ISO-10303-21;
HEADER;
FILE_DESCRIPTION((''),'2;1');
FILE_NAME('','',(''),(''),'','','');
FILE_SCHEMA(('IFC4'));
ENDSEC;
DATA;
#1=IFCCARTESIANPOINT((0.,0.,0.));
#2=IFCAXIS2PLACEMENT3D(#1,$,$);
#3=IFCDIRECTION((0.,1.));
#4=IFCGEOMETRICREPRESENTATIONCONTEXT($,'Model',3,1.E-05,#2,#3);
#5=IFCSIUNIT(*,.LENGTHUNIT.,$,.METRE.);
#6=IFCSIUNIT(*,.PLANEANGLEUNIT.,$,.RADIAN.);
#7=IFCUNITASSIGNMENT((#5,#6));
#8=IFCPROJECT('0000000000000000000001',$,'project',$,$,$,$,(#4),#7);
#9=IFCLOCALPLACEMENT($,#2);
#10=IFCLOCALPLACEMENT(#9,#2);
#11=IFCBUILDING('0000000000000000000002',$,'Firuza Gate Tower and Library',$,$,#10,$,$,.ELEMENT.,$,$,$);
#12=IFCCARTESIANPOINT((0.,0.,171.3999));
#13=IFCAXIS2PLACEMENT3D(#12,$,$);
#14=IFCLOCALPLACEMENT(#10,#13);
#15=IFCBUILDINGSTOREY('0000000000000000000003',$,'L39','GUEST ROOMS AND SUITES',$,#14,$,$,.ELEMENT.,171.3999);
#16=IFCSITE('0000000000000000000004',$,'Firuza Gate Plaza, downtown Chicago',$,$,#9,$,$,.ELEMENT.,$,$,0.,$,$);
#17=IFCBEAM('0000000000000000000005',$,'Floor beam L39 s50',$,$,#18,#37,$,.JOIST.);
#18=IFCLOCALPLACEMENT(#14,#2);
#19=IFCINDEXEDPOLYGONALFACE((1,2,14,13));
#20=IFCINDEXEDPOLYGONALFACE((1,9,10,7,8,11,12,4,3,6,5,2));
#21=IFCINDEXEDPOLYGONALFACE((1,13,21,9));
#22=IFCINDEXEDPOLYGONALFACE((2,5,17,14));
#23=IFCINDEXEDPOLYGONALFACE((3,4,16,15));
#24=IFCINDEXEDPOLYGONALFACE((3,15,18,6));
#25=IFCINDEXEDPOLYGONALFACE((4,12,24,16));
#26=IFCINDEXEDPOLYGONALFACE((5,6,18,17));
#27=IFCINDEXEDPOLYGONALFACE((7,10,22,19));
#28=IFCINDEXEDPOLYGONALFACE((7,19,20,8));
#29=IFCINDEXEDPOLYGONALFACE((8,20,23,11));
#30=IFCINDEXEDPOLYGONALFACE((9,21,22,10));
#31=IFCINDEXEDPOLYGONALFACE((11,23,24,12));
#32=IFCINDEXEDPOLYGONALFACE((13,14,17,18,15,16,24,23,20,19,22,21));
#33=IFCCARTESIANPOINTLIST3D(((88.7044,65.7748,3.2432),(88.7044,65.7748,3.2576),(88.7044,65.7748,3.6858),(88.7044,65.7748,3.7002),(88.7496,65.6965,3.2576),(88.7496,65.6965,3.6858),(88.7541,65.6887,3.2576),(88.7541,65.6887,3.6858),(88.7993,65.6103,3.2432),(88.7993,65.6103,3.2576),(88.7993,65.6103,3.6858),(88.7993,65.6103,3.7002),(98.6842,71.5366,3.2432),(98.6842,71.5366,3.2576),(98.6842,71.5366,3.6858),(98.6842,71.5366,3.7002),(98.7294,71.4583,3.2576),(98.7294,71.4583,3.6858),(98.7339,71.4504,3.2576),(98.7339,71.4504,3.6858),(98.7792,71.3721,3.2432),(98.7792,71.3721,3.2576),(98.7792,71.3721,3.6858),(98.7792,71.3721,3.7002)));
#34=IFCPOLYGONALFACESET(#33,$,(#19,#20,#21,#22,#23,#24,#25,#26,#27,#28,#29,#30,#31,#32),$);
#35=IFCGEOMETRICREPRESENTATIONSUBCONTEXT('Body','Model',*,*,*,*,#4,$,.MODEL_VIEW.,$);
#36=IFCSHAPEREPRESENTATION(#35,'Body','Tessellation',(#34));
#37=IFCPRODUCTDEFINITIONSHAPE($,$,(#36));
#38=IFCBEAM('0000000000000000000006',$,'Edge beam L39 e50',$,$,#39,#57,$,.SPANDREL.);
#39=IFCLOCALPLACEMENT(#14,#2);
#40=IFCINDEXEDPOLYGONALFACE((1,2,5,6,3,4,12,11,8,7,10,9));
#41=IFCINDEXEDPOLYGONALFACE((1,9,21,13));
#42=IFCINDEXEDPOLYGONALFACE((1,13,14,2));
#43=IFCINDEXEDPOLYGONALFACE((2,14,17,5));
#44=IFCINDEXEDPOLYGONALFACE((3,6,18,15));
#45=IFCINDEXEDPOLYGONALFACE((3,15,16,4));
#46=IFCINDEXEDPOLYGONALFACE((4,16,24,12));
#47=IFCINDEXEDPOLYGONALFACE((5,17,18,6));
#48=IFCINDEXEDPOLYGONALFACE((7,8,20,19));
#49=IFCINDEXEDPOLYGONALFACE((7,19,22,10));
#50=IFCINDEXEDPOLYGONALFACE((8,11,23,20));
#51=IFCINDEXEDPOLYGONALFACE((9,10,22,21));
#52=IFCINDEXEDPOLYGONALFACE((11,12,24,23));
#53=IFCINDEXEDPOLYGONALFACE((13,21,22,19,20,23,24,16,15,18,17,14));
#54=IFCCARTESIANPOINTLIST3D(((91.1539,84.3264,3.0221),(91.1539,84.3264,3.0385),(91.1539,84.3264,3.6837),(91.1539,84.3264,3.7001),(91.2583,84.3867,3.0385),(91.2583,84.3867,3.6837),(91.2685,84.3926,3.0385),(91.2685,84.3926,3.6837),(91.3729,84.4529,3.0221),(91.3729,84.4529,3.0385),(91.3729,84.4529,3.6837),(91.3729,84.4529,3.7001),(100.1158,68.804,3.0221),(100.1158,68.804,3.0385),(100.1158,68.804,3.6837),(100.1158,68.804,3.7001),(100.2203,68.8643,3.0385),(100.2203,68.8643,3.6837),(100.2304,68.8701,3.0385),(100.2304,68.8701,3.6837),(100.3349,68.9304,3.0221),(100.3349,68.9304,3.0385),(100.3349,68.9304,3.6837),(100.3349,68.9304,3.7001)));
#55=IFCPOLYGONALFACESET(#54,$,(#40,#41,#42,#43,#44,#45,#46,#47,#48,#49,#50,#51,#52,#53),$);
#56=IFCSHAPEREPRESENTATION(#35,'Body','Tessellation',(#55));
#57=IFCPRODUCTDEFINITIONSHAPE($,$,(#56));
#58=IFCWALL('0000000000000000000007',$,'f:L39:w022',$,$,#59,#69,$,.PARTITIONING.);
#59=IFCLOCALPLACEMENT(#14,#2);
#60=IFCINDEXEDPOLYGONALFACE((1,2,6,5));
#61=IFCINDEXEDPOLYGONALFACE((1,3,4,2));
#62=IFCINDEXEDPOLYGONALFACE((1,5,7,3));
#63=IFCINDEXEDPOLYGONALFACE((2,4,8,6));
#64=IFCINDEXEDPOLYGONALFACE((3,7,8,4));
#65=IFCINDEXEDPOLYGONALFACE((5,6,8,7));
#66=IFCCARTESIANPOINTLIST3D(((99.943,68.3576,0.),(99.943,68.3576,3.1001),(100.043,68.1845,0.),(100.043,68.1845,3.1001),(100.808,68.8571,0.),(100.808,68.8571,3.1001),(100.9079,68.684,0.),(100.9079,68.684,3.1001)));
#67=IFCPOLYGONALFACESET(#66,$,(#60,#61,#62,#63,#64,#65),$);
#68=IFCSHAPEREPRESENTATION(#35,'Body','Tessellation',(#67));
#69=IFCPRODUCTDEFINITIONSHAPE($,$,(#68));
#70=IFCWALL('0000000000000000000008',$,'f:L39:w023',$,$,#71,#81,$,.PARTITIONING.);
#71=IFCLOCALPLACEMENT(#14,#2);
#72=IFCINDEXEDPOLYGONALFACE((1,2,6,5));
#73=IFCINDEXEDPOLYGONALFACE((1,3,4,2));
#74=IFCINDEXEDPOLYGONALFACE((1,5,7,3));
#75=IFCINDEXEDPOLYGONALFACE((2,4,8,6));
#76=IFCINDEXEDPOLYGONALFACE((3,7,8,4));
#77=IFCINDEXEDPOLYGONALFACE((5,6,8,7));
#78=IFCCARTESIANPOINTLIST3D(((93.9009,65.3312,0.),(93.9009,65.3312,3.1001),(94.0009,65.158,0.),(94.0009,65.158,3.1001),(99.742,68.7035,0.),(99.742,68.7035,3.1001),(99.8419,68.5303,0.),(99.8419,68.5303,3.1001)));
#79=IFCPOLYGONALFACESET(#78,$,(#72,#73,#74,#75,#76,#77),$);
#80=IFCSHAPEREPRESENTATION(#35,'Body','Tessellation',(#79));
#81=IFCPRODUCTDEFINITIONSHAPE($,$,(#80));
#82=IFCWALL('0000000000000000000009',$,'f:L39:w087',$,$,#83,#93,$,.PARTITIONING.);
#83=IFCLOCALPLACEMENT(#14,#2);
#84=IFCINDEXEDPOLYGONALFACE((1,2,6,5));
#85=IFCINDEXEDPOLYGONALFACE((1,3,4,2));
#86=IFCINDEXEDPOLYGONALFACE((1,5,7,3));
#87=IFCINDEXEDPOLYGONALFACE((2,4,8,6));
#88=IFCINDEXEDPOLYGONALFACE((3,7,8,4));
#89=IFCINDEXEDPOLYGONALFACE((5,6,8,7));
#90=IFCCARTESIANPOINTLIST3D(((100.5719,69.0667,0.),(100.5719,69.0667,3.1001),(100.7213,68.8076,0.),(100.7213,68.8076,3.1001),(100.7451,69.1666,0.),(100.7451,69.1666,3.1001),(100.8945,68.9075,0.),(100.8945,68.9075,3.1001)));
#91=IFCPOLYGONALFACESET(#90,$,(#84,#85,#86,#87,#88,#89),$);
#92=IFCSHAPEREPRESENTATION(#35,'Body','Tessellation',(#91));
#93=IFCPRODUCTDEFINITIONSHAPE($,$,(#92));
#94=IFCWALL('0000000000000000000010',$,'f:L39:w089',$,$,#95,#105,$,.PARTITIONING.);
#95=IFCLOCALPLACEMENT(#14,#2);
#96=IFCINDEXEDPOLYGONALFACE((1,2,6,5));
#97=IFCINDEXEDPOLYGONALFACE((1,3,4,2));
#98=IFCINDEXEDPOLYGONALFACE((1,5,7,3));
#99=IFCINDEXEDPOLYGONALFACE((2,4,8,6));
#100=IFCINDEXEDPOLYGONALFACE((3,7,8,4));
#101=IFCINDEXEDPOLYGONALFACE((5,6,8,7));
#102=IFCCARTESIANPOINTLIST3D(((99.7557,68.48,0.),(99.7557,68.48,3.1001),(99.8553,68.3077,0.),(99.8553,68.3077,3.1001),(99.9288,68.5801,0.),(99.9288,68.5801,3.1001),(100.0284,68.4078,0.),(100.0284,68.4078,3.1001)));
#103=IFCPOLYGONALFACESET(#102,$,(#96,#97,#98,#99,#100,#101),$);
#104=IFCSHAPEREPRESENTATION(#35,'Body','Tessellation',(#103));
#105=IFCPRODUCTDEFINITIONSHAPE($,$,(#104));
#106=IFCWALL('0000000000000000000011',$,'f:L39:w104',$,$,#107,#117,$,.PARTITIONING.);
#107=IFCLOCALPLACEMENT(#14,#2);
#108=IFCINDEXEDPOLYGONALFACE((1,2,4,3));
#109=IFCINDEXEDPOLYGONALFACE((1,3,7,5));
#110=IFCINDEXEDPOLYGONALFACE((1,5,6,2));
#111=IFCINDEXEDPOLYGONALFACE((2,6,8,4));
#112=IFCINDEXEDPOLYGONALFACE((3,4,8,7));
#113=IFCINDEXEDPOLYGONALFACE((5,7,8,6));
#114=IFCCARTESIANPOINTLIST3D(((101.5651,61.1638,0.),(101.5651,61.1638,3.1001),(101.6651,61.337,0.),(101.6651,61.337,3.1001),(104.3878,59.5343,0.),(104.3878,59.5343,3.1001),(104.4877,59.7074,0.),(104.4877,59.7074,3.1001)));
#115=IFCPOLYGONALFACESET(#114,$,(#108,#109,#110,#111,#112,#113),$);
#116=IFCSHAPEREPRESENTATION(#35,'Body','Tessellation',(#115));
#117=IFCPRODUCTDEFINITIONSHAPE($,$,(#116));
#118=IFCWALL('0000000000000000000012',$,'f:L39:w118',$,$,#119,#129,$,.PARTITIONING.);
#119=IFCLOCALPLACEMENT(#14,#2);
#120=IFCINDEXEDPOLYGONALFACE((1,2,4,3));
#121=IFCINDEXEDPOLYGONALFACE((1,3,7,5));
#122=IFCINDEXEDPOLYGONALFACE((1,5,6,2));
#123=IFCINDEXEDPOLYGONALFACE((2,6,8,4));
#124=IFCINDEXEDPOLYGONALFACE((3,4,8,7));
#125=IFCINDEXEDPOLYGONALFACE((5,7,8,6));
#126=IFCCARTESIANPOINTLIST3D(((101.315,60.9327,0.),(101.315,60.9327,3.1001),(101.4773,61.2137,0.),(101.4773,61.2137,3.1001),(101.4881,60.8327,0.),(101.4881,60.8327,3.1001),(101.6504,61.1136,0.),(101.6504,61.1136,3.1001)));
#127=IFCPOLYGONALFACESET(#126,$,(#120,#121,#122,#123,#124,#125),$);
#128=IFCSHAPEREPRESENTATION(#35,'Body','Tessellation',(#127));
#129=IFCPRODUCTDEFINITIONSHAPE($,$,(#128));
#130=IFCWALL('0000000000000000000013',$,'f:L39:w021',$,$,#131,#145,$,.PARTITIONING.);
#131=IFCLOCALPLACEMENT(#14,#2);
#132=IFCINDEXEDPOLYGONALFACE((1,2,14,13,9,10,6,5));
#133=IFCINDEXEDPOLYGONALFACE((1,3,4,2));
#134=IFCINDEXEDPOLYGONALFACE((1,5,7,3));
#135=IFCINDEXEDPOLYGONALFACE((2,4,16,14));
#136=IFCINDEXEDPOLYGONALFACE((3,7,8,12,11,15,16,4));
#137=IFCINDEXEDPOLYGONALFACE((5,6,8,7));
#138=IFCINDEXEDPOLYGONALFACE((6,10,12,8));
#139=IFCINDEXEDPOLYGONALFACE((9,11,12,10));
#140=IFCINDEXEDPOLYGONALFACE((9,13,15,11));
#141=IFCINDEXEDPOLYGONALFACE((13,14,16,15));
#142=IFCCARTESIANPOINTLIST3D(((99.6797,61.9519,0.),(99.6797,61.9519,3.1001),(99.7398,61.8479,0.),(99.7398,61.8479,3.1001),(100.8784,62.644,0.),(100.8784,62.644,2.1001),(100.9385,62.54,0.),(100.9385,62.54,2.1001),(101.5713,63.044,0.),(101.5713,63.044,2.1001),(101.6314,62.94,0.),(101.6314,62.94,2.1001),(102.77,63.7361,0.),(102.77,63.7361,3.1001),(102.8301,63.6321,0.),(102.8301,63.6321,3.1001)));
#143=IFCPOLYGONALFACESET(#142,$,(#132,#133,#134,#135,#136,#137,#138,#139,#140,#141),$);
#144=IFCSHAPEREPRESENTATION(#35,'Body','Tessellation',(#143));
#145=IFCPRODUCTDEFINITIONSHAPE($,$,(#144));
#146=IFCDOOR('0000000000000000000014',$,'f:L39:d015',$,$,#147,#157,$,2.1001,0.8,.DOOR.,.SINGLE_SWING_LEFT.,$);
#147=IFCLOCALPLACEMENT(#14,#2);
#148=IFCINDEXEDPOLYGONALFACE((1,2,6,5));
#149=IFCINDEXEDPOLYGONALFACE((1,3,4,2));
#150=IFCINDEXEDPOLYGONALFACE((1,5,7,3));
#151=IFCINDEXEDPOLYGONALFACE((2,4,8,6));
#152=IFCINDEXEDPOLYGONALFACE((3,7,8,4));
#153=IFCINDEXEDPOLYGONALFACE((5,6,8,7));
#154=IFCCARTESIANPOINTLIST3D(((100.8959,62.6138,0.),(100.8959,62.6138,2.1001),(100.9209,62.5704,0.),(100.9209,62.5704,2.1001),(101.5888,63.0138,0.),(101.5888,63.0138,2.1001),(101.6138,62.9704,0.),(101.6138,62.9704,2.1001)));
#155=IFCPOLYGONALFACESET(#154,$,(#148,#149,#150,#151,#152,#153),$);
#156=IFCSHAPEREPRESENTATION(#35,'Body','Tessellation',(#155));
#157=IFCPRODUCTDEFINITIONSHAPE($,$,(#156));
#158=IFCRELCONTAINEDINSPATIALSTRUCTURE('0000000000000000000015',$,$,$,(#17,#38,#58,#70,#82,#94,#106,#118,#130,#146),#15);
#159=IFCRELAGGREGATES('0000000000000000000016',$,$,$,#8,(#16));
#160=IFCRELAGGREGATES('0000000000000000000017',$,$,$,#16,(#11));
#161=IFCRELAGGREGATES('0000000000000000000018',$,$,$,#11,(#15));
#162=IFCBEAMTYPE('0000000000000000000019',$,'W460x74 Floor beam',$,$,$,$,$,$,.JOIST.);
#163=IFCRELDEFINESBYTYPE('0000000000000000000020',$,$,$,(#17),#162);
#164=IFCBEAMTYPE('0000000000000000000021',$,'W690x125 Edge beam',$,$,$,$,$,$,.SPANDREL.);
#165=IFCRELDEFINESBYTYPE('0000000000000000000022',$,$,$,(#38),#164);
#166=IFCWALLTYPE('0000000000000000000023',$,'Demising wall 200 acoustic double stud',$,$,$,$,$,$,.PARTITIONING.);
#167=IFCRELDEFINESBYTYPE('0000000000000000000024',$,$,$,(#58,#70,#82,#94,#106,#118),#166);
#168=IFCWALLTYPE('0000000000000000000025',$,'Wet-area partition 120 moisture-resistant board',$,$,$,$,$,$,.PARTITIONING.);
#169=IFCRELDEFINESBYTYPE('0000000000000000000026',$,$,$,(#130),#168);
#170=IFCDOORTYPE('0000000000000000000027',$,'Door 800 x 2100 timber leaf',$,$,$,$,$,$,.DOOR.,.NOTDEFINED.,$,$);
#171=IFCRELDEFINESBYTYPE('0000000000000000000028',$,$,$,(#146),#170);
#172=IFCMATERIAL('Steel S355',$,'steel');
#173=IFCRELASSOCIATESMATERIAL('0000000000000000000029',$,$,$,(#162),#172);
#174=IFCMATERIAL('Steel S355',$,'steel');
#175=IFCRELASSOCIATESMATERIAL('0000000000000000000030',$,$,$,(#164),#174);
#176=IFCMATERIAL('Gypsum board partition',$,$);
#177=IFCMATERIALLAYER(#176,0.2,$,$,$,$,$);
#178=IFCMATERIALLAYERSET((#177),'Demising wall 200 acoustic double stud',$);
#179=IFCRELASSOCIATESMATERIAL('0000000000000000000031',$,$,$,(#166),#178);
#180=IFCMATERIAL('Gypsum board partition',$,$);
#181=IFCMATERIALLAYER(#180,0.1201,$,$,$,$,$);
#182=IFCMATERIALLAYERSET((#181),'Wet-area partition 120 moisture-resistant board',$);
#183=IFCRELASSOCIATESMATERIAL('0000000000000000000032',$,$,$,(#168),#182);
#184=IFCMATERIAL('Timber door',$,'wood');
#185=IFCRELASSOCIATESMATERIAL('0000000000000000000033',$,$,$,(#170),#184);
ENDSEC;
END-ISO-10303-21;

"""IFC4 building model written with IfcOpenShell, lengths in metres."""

from ifc_helpers import new_model, si_unit, direction, frame, frame_2d, origin, origin_2d, place, context, subcontext, project, spatial, rectangle, i_section, extrude, material, layer, layer_set, material_profile, profile_set, type_object, element, fill, save


model = new_model("IFC4")

# Units and contexts
model_context = context("Model", 3, precision=1e-05, world=origin(), true_north=direction((0.0, 1.0)))
body_context = subcontext(model_context, "Body", "Model", "MODEL_VIEW")
ifc_project = project(units=[si_unit("LENGTHUNIT", "METRE"), si_unit("PLANEANGLEUNIT", "RADIAN")], contexts=[model_context])

# Site, building, storey
site_placement = place(None, origin())
site = spatial("IfcSite", under=ifc_project, at=site_placement, Name="Firuza Gate Plaza, downtown Chicago", CompositionType="ELEMENT", RefElevation=0.0)
building_placement = place(site_placement, origin())
building = spatial("IfcBuilding", under=site, at=building_placement, Name="Firuza Gate Tower and Library", CompositionType="ELEMENT")
storey_placement = place(building_placement, frame((0.0, 0.0, 171.3999)))
storey = spatial("IfcBuildingStorey", under=building, at=storey_placement, Name="L39", Description="GUEST ROOMS AND SUITES", CompositionType="ELEMENT", Elevation=171.3999)

# Beams
ifc_material_1 = material(Name="Steel S355", Category="steel")
ifc_material_profile_1 = material_profile(ifc_material_1, i_section(OverallWidth=0.1899, OverallDepth=0.457, WebThickness=0.009, FlangeThickness=0.0144, at=origin_2d()))
ifc_profile_set_1 = profile_set([ifc_material_profile_1], Name="Steel S355")
beam_type_1 = type_object("IfcBeamType", Name="W460x74 Floor beam", PredefinedType="JOIST", material=ifc_profile_set_1)
beam_1_placement = place(storey_placement, frame((98.7317, 71.4543, 3.4717), z_axis=(-0.866029, -0.499994, 0.0), x_axis=(0.499994, -0.866029, 0.0)))
element("IfcBeam", 1, at=beam_1_placement, inside=storey, type_object=beam_type_1, Name="Floor beam L39 s50", PredefinedType="JOIST", context=body_context, shape_type="SweptSolid", body=[
    extrude(i_section(OverallWidth=0.1899, OverallDepth=0.457, WebThickness=0.009, FlangeThickness=0.0144, at=origin_2d()), origin(), (0.0, 0.0, 1.0), 11.5237),
])
ifc_material_2 = material(Name="Steel S355", Category="steel")
ifc_material_profile_2 = material_profile(ifc_material_2, i_section(OverallWidth=0.2529, OverallDepth=0.678, WebThickness=0.0117, FlangeThickness=0.0164, at=origin_2d()))
ifc_profile_set_2 = profile_set([ifc_material_profile_2], Name="Steel S355")
beam_type_2 = type_object("IfcBeamType", Name="W690x125 Edge beam", PredefinedType="SPANDREL", material=ifc_profile_set_2)
beam_2_placement = place(storey_placement, frame((100.2253, 68.8672, 3.3611), z_axis=(-0.500001, 0.866025, 0.0), x_axis=(-0.866025, -0.500001, 0.0)))
element("IfcBeam", 2, at=beam_2_placement, inside=storey, type_object=beam_type_2, Name="Edge beam L39 e50", PredefinedType="SPANDREL", context=body_context, shape_type="SweptSolid", body=[
    extrude(i_section(OverallWidth=0.2529, OverallDepth=0.678, WebThickness=0.0117, FlangeThickness=0.0164, at=origin_2d()), origin(), (0.0, 0.0, 1.0), 17.9238),
])

# Walls
ifc_material_3 = material(Name="Gypsum board partition")
ifc_layer_1 = layer(ifc_material_3, 0.2)
ifc_layer_set_1 = layer_set([ifc_layer_1], Name="Demising wall 200 acoustic double stud")
wall_type_1 = type_object("IfcWallType", Name="Demising wall 200 acoustic double stud", PredefinedType="PARTITIONING", material=ifc_layer_set_1)
wall_1_placement = place(storey_placement, frame((99.9929, 68.271, 0.0), z_axis=(0.0, 0.0, 1.0), x_axis=(0.865978, 0.500082, 0.0)))
element("IfcWall", 3, at=wall_1_placement, inside=storey, type_object=wall_type_1, Name="f:L39:w022", PredefinedType="PARTITIONING", context=body_context, shape_type="SweptSolid", body=[
    extrude(rectangle(XDim=0.9988, YDim=0.2, at=frame_2d((0.4995, 0.0))), origin(), (0.0, 0.0, 1.0), 3.1001),
])
wall_2_placement = place(storey_placement, frame((93.9509, 65.2446, 0.0), z_axis=(0.0, 0.0, 1.0), x_axis=(0.866027, 0.499997, 0.0)))
element("IfcWall", 4, at=wall_2_placement, inside=storey, type_object=wall_type_1, Name="f:L39:w023", PredefinedType="PARTITIONING", context=body_context, shape_type="SweptSolid", body=[
    extrude(rectangle(XDim=6.7446, YDim=0.2, at=frame_2d((3.3723, 0.0))), origin(), (0.0, 0.0, 1.0), 3.1001),
])
wall_3_placement = place(storey_placement, frame((100.8079, 68.8577, 0.0), z_axis=(0.0, 0.0, 1.0), x_axis=(-0.499652, 0.866226, 0.0)))
element("IfcWall", 5, at=wall_3_placement, inside=storey, type_object=wall_type_1, Name="f:L39:w087", PredefinedType="PARTITIONING", context=body_context, shape_type="SweptSolid", body=[
    extrude(rectangle(XDim=0.2991, YDim=0.2, at=frame_2d((0.1494, 0.0))), origin(), (0.0, 0.0, 1.0), 3.1001),
])
wall_4_placement = place(storey_placement, frame((99.9419, 68.3577, 0.0), z_axis=(0.0, 0.0, 1.0), x_axis=(-0.500359, 0.865818, 0.0)))
element("IfcWall", 6, at=wall_4_placement, inside=storey, type_object=wall_type_1, Name="f:L39:w089", PredefinedType="PARTITIONING", context=body_context, shape_type="SweptSolid", body=[
    extrude(rectangle(XDim=0.199, YDim=0.2, at=frame_2d((0.0996, 0.0))), origin(), (0.0, 0.0, 1.0), 3.1001),
])
wall_5_placement = place(storey_placement, frame((104.4377, 59.6208, 0.0), z_axis=(0.0, 0.0, 1.0), x_axis=(-0.866036, 0.499982, 0.0)))
element("IfcWall", 7, at=wall_5_placement, inside=storey, type_object=wall_type_1, Name="f:L39:w104", PredefinedType="PARTITIONING", context=body_context, shape_type="SweptSolid", body=[
    extrude(rectangle(XDim=3.2593, YDim=0.2, at=frame_2d((1.6296, 0.0))), origin(), (0.0, 0.0, 1.0), 3.1001),
])
wall_6_placement = place(storey_placement, frame((101.4016, 60.8828, 0.0), z_axis=(0.0, 0.0, 1.0), x_axis=(0.500265, 0.865872, 0.0)))
element("IfcWall", 8, at=wall_6_placement, inside=storey, type_object=wall_type_1, Name="f:L39:w118", PredefinedType="PARTITIONING", context=body_context, shape_type="SweptSolid", body=[
    extrude(rectangle(XDim=0.3245, YDim=0.2, at=frame_2d((0.1621, 0.0))), origin(), (0.0, 0.0, 1.0), 3.1001),
])

# Wall, opening, door
ifc_material_4 = material(Name="Gypsum board partition")
ifc_layer_2 = layer(ifc_material_4, 0.1201)
ifc_layer_set_2 = layer_set([ifc_layer_2], Name="Wet-area partition 120 moisture-resistant board")
wall_type_2 = type_object("IfcWallType", Name="Wet-area partition 120 moisture-resistant board", PredefinedType="PARTITIONING", material=ifc_layer_set_2)
wall_7_placement = place(storey_placement, frame((102.8, 63.6841, 0.0), z_axis=(0.0, 0.0, 1.0), x_axis=(-0.866028, -0.499995, 0.0)))
wall_7 = element("IfcWall", 9, at=wall_7_placement, inside=storey, type_object=wall_type_2, Name="f:L39:w021", PredefinedType="PARTITIONING", context=body_context, shape_type="SweptSolid", body=[
    extrude(rectangle(XDim=3.5684, YDim=0.1201, at=frame_2d((1.7842, 0.0))), origin(), (0.0, 0.0, 1.0), 3.1001),
])
opening_1_placement = place(wall_7_placement, frame((1.3843, 0.0, 0.0)))
opening_1 = element("IfcOpeningElement", 10, at=opening_1_placement, cuts=wall_7, PredefinedType="OPENING", context=body_context, shape_type="SweptSolid", body=[
    extrude(rectangle(XDim=0.8, YDim=2.1001, at=frame_2d((0.3999, 1.05))), frame((0.0, 0.0701, 0.0), z_axis=(0.0, -1.0, 0.0), x_axis=(1.0, 0.0, 0.0)), (0.0, 0.0, 1.0), 0.1401),
])
ifc_material_5 = material(Name="Timber door", Category="wood")
door_type = type_object("IfcDoorType", Name="Door 800 x 2100 timber leaf", OperationType="NOTDEFINED", PredefinedType="DOOR", material=ifc_material_5)
door_1_placement = place(opening_1_placement, origin())
door_1 = element("IfcDoor", 11, at=door_1_placement, inside=storey, type_object=door_type, Name="f:L39:d015", OperationType="SINGLE_SWING_LEFT", OverallHeight=2.1001, OverallWidth=0.8, PredefinedType="DOOR", context=body_context, shape_type="SweptSolid", body=[
    extrude(rectangle(XDim=0.8, YDim=2.1001, at=frame_2d((0.3999, 1.05))), frame((0.0, 0.0249, 0.0), z_axis=(0.0, -1.0, 0.0), x_axis=(1.0, 0.0, 0.0)), (0.0, 0.0, 1.0), 0.05),
])
fill(opening_1, door_1)

save(model, "model.ifc")
